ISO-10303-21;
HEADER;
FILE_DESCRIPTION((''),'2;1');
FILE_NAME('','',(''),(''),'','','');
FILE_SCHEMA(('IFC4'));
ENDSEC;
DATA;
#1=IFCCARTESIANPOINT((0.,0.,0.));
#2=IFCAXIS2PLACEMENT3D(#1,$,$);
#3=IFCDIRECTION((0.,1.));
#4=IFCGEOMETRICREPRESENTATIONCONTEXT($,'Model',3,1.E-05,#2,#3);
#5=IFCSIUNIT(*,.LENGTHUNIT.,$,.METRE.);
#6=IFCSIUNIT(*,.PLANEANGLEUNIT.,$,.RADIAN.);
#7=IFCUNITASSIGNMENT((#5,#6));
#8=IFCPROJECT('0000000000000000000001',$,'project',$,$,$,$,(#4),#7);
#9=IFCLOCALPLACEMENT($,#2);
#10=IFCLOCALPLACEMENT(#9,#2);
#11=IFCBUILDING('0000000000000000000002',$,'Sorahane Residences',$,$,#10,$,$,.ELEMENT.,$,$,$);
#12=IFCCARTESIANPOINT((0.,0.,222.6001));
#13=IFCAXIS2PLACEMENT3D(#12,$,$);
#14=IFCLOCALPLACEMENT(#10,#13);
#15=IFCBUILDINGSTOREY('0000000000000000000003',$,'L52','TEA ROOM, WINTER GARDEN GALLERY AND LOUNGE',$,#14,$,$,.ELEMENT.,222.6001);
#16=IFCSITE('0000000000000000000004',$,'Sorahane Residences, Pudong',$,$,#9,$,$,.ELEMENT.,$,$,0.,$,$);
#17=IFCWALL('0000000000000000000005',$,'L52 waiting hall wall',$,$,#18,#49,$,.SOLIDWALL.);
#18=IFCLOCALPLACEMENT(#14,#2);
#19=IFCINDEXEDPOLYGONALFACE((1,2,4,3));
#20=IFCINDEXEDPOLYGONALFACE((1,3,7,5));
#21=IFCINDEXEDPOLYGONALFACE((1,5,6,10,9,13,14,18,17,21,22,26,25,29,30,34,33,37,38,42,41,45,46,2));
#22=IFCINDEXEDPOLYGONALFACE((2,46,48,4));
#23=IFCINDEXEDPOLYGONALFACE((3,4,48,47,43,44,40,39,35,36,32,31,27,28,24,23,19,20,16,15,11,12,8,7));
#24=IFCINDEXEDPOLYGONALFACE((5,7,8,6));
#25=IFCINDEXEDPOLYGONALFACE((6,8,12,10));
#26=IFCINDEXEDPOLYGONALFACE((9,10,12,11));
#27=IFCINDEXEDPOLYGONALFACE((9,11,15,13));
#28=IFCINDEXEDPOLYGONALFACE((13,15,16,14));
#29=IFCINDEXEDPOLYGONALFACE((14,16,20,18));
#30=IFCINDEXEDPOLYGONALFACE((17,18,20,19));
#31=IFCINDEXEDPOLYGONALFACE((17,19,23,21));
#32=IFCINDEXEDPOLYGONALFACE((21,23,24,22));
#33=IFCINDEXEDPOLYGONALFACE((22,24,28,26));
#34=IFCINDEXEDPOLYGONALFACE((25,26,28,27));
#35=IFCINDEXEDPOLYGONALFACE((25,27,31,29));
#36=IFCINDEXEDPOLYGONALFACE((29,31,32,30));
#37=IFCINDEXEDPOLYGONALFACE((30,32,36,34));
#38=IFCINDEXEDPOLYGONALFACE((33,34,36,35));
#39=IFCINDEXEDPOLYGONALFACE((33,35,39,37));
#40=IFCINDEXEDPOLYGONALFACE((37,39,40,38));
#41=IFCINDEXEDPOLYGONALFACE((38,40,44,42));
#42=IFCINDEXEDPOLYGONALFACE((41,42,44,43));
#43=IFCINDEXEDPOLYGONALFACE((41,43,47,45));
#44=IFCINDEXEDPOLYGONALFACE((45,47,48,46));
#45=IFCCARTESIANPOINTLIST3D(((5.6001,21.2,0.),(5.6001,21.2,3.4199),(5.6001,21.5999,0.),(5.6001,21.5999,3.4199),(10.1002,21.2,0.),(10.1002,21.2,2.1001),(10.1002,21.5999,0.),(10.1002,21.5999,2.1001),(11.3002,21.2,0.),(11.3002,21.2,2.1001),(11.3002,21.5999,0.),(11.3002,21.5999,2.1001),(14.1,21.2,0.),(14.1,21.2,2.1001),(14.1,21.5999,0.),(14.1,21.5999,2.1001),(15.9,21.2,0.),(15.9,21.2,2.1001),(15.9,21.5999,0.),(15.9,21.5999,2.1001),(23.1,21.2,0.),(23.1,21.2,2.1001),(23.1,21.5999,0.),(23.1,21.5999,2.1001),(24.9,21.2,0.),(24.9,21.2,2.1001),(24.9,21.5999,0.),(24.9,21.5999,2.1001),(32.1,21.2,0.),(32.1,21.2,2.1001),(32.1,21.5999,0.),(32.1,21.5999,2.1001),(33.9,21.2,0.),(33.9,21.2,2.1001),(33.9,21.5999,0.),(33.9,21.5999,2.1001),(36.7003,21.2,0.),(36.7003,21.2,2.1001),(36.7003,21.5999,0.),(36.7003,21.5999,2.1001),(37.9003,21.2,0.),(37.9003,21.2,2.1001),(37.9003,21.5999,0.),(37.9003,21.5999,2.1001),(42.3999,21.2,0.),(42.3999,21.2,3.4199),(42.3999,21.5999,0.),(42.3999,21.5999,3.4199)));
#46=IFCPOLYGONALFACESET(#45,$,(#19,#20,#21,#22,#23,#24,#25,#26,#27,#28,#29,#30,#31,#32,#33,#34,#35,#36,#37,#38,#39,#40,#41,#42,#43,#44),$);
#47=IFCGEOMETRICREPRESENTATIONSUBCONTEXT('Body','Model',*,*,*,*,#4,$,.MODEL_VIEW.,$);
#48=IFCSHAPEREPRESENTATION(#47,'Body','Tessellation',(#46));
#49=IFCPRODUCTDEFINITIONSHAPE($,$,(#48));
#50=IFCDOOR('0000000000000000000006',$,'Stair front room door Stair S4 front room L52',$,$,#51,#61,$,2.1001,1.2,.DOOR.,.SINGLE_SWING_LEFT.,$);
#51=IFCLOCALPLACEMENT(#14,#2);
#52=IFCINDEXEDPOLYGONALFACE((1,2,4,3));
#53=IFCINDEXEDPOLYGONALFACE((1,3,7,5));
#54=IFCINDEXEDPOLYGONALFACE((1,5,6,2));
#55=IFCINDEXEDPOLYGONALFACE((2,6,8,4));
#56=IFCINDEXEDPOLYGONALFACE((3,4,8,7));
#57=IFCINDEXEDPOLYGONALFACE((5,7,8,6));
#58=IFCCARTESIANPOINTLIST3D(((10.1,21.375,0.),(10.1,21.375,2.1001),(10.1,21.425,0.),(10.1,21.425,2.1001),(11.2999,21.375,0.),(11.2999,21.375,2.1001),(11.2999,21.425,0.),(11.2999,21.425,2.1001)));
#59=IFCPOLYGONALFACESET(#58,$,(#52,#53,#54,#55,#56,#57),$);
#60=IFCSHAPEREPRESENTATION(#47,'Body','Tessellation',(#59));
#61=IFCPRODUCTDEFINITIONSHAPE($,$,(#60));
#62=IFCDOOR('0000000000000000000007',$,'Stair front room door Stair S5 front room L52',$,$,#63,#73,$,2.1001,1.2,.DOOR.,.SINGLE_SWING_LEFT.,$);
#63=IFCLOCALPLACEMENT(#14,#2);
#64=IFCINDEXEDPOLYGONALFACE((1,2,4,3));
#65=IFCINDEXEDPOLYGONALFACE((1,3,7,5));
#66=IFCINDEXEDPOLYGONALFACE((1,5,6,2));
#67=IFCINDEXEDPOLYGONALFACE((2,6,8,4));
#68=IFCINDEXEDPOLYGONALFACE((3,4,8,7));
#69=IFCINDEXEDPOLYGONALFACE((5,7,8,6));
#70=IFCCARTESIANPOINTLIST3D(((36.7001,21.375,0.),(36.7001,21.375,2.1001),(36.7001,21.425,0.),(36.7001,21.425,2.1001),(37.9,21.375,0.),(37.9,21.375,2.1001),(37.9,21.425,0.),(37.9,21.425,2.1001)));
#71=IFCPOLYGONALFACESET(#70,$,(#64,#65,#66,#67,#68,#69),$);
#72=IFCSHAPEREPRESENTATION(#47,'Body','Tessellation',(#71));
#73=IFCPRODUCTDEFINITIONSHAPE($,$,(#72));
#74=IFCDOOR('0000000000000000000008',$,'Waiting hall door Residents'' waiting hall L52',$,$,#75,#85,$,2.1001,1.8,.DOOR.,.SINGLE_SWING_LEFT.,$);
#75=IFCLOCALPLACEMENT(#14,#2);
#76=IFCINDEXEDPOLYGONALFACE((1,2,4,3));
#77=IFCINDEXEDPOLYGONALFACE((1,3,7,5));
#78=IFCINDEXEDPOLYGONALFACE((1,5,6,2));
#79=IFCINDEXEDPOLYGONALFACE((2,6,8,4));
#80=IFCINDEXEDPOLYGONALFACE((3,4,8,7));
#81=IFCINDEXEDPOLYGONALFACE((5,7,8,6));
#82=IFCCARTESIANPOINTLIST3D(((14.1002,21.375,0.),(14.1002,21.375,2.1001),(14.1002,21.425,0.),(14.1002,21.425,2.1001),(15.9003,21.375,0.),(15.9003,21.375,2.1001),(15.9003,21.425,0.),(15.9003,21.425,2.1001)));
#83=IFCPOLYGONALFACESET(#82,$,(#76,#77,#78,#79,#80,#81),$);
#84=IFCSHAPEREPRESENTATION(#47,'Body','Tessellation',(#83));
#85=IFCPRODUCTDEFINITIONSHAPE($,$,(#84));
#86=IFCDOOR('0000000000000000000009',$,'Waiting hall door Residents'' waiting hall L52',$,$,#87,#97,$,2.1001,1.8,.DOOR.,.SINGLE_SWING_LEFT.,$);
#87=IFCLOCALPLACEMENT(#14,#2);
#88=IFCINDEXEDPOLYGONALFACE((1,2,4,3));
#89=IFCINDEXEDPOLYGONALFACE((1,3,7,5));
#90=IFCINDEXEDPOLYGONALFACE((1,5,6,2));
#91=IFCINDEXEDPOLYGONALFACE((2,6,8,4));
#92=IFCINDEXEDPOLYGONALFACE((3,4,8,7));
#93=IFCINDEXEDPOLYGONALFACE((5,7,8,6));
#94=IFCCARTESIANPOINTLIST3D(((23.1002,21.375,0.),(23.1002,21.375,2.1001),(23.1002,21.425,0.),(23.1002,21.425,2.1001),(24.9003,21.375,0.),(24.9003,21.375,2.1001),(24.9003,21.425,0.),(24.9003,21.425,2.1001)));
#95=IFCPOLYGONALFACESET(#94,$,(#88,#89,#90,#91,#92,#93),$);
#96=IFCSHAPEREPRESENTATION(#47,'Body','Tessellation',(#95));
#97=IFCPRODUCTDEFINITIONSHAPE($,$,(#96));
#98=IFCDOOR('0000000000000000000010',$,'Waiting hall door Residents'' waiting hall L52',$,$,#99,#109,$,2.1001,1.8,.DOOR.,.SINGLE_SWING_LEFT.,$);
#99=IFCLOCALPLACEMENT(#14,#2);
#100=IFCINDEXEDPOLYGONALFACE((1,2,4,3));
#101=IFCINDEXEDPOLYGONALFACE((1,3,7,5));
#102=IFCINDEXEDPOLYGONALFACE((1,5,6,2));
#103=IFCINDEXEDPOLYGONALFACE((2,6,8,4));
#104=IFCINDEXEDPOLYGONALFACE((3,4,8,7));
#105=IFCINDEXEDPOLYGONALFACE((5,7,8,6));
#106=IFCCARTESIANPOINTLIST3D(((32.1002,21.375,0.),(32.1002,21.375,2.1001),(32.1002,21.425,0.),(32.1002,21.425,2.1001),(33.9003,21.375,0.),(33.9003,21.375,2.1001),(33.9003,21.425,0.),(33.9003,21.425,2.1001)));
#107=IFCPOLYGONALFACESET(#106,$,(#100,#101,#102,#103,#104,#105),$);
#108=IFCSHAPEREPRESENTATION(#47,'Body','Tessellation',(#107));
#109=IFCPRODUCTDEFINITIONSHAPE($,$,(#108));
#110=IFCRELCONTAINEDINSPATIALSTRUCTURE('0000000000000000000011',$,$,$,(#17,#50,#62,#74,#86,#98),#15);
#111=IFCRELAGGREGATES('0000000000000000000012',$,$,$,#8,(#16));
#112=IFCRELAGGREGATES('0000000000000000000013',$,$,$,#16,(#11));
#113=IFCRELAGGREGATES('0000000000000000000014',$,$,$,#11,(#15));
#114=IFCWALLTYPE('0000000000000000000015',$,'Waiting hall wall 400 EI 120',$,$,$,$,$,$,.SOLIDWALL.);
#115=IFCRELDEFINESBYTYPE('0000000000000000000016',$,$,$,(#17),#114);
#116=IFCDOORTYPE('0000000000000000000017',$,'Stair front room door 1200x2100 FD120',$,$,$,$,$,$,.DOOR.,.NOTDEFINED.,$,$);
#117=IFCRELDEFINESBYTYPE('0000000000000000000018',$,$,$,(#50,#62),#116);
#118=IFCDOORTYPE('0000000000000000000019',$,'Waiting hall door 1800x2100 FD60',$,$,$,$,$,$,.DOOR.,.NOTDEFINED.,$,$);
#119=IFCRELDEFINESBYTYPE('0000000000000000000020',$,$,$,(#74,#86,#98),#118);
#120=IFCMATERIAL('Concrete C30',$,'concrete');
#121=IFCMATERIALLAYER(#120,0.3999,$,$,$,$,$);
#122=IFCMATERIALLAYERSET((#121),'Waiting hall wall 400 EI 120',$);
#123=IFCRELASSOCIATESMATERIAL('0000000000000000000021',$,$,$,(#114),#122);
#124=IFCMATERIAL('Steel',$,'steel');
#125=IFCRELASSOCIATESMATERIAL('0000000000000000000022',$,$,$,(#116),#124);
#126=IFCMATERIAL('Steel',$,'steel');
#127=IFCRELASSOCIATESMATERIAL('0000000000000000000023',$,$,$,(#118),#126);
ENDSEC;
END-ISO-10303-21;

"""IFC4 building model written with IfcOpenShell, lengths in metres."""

from ifc_helpers import new_model, si_unit, direction, frame, frame_2d, origin, place, context, subcontext, project, spatial, rectangle, extrude, material, layer, layer_set, type_object, element, fill, save


model = new_model("IFC4")

# Units and contexts
model_context = context("Model", 3, precision=1e-05, world=origin(), true_north=direction((0.0, 1.0)))
body_context = subcontext(model_context, "Body", "Model", "MODEL_VIEW")
ifc_project = project(units=[si_unit("LENGTHUNIT", "METRE"), si_unit("PLANEANGLEUNIT", "RADIAN")], contexts=[model_context])

# Site, building, storey
site_placement = place(None, origin())
site = spatial("IfcSite", under=ifc_project, at=site_placement, Name="Sorahane Residences, Pudong", CompositionType="ELEMENT", RefElevation=0.0)
building_placement = place(site_placement, origin())
building = spatial("IfcBuilding", under=site, at=building_placement, Name="Sorahane Residences", CompositionType="ELEMENT")
storey_placement = place(building_placement, frame((0.0, 0.0, 222.6001)))
storey = spatial("IfcBuildingStorey", under=building, at=storey_placement, Name="L52", Description="TEA ROOM, WINTER GARDEN GALLERY AND LOUNGE", CompositionType="ELEMENT", Elevation=222.6001)

# Wall, openings, doors
ifc_material_1 = material(Name="Concrete C30", Category="concrete")
ifc_layer_1 = layer(ifc_material_1, 0.3999)
ifc_layer_set_1 = layer_set([ifc_layer_1], Name="Waiting hall wall 400 EI 120")
wall_type_1 = type_object("IfcWallType", Name="Waiting hall wall 400 EI 120", PredefinedType="SOLIDWALL", material=ifc_layer_set_1)
wall_1_placement = place(storey_placement, frame((5.6001, 21.3999, 0.0), z_axis=(0.0, 0.0, 1.0), x_axis=(1.0, 0.0, 0.0)))
wall_1 = element("IfcWall", 1, at=wall_1_placement, inside=storey, type_object=wall_type_1, Name="L52 waiting hall wall", PredefinedType="SOLIDWALL", context=body_context, shape_type="SweptSolid", body=[
    extrude(rectangle(XDim=36.7998, YDim=0.3999, at=frame_2d((18.3999, 0.0))), origin(), (0.0, 0.0, 1.0), 3.4199),
])
opening_1_placement = place(wall_1_placement, frame((8.5, 0.0, 0.0)))
opening_1 = element("IfcOpeningElement", 2, at=opening_1_placement, cuts=wall_1, PredefinedType="OPENING", context=body_context, shape_type="SweptSolid", body=[
    extrude(rectangle(XDim=1.8, YDim=2.1001, at=frame_2d((0.8999, 1.05))), frame((0.0, 0.21, 0.0), z_axis=(0.0, -1.0, 0.0), x_axis=(1.0, 0.0, 0.0)), (0.0, 0.0, 1.0), 0.4199),
])
opening_2_placement = place(wall_1_placement, frame((17.5, 0.0, 0.0)))
opening_2 = element("IfcOpeningElement", 3, at=opening_2_placement, cuts=wall_1, PredefinedType="OPENING", context=body_context, shape_type="SweptSolid", body=[
    extrude(rectangle(XDim=1.8, YDim=2.1001, at=frame_2d((0.8999, 1.05))), frame((0.0, 0.21, 0.0), z_axis=(0.0, -1.0, 0.0), x_axis=(1.0, 0.0, 0.0)), (0.0, 0.0, 1.0), 0.4199),
])
opening_3_placement = place(wall_1_placement, frame((26.5, 0.0, 0.0)))
opening_3 = element("IfcOpeningElement", 4, at=opening_3_placement, cuts=wall_1, PredefinedType="OPENING", context=body_context, shape_type="SweptSolid", body=[
    extrude(rectangle(XDim=1.8, YDim=2.1001, at=frame_2d((0.8999, 1.05))), frame((0.0, 0.21, 0.0), z_axis=(0.0, -1.0, 0.0), x_axis=(1.0, 0.0, 0.0)), (0.0, 0.0, 1.0), 0.4199),
])
opening_4_placement = place(wall_1_placement, frame((4.5, 0.0, 0.0)))
opening_4 = element("IfcOpeningElement", 5, at=opening_4_placement, cuts=wall_1, PredefinedType="OPENING", context=body_context, shape_type="SweptSolid", body=[
    extrude(rectangle(XDim=1.2, YDim=2.1001, at=frame_2d((0.6001, 1.05))), frame((0.0, 0.21, 0.0), z_axis=(0.0, -1.0, 0.0), x_axis=(1.0, 0.0, 0.0)), (0.0, 0.0, 1.0), 0.4199),
])
opening_5_placement = place(wall_1_placement, frame((31.1001, 0.0, 0.0)))
opening_5 = element("IfcOpeningElement", 6, at=opening_5_placement, cuts=wall_1, PredefinedType="OPENING", context=body_context, shape_type="SweptSolid", body=[
    extrude(rectangle(XDim=1.2, YDim=2.1001, at=frame_2d((0.6001, 1.05))), frame((0.0, 0.21, 0.0), z_axis=(0.0, -1.0, 0.0), x_axis=(1.0, 0.0, 0.0)), (0.0, 0.0, 1.0), 0.4199),
])
ifc_material_2 = material(Name="Steel", Category="steel")
door_type_1 = type_object("IfcDoorType", Name="Stair front room door 1200x2100 FD120", OperationType="NOTDEFINED", PredefinedType="DOOR", material=ifc_material_2)
door_1_placement = place(opening_4_placement, frame((1.2, 0.0, 0.0), z_axis=(0.0, 0.0, 1.0), x_axis=(-1.0, 0.0, 0.0)))
door_1 = element("IfcDoor", 7, at=door_1_placement, inside=storey, type_object=door_type_1, Name="Stair front room door Stair S4 front room L52", OperationType="SINGLE_SWING_LEFT", OverallHeight=2.1001, OverallWidth=1.2, PredefinedType="DOOR", context=body_context, shape_type="SweptSolid", body=[
    extrude(rectangle(XDim=1.2, YDim=2.1001, at=frame_2d((0.6001, 1.05))), frame((0.0, 0.0249, 0.0), z_axis=(0.0, -1.0, 0.0), x_axis=(1.0, 0.0, 0.0)), (0.0, 0.0, 1.0), 0.05),
])
fill(opening_4, door_1)
door_2_placement = place(opening_5_placement, frame((1.2, 0.0, 0.0), z_axis=(0.0, 0.0, 1.0), x_axis=(-1.0, 0.0, 0.0)))
door_2 = element("IfcDoor", 8, at=door_2_placement, inside=storey, type_object=door_type_1, Name="Stair front room door Stair S5 front room L52", OperationType="SINGLE_SWING_LEFT", OverallHeight=2.1001, OverallWidth=1.2, PredefinedType="DOOR", context=body_context, shape_type="SweptSolid", body=[
    extrude(rectangle(XDim=1.2, YDim=2.1001, at=frame_2d((0.6001, 1.05))), frame((0.0, 0.0249, 0.0), z_axis=(0.0, -1.0, 0.0), x_axis=(1.0, 0.0, 0.0)), (0.0, 0.0, 1.0), 0.05),
])
fill(opening_5, door_2)
ifc_material_3 = material(Name="Steel", Category="steel")
door_type_2 = type_object("IfcDoorType", Name="Waiting hall door 1800x2100 FD60", OperationType="NOTDEFINED", PredefinedType="DOOR", material=ifc_material_3)
door_3_placement = place(opening_1_placement, frame((1.8, 0.0, 0.0), z_axis=(0.0, 0.0, 1.0), x_axis=(-1.0, 0.0, 0.0)))
door_3 = element("IfcDoor", 9, at=door_3_placement, inside=storey, type_object=door_type_2, Name="Waiting hall door Residents' waiting hall L52", OperationType="SINGLE_SWING_LEFT", OverallHeight=2.1001, OverallWidth=1.8, PredefinedType="DOOR", context=body_context, shape_type="SweptSolid", body=[
    extrude(rectangle(XDim=1.8, YDim=2.1001, at=frame_2d((0.8999, 1.05))), frame((0.0, 0.0249, 0.0), z_axis=(0.0, -1.0, 0.0), x_axis=(1.0, 0.0, 0.0)), (0.0, 0.0, 1.0), 0.05),
])
fill(opening_1, door_3)
door_4_placement = place(opening_2_placement, frame((1.8, 0.0, 0.0), z_axis=(0.0, 0.0, 1.0), x_axis=(-1.0, 0.0, 0.0)))
door_4 = element("IfcDoor", 10, at=door_4_placement, inside=storey, type_object=door_type_2, Name="Waiting hall door Residents' waiting hall L52", OperationType="SINGLE_SWING_LEFT", OverallHeight=2.1001, OverallWidth=1.8, PredefinedType="DOOR", context=body_context, shape_type="SweptSolid", body=[
    extrude(rectangle(XDim=1.8, YDim=2.1001, at=frame_2d((0.8999, 1.05))), frame((0.0, 0.0249, 0.0), z_axis=(0.0, -1.0, 0.0), x_axis=(1.0, 0.0, 0.0)), (0.0, 0.0, 1.0), 0.05),
])
fill(opening_2, door_4)
door_5_placement = place(opening_3_placement, frame((1.8, 0.0, 0.0), z_axis=(0.0, 0.0, 1.0), x_axis=(-1.0, 0.0, 0.0)))
door_5 = element("IfcDoor", 11, at=door_5_placement, inside=storey, type_object=door_type_2, Name="Waiting hall door Residents' waiting hall L52", OperationType="SINGLE_SWING_LEFT", OverallHeight=2.1001, OverallWidth=1.8, PredefinedType="DOOR", context=body_context, shape_type="SweptSolid", body=[
    extrude(rectangle(XDim=1.8, YDim=2.1001, at=frame_2d((0.8999, 1.05))), frame((0.0, 0.0249, 0.0), z_axis=(0.0, -1.0, 0.0), x_axis=(1.0, 0.0, 0.0)), (0.0, 0.0, 1.0), 0.05),
])
fill(opening_3, door_5)

save(model, "model.ifc")
